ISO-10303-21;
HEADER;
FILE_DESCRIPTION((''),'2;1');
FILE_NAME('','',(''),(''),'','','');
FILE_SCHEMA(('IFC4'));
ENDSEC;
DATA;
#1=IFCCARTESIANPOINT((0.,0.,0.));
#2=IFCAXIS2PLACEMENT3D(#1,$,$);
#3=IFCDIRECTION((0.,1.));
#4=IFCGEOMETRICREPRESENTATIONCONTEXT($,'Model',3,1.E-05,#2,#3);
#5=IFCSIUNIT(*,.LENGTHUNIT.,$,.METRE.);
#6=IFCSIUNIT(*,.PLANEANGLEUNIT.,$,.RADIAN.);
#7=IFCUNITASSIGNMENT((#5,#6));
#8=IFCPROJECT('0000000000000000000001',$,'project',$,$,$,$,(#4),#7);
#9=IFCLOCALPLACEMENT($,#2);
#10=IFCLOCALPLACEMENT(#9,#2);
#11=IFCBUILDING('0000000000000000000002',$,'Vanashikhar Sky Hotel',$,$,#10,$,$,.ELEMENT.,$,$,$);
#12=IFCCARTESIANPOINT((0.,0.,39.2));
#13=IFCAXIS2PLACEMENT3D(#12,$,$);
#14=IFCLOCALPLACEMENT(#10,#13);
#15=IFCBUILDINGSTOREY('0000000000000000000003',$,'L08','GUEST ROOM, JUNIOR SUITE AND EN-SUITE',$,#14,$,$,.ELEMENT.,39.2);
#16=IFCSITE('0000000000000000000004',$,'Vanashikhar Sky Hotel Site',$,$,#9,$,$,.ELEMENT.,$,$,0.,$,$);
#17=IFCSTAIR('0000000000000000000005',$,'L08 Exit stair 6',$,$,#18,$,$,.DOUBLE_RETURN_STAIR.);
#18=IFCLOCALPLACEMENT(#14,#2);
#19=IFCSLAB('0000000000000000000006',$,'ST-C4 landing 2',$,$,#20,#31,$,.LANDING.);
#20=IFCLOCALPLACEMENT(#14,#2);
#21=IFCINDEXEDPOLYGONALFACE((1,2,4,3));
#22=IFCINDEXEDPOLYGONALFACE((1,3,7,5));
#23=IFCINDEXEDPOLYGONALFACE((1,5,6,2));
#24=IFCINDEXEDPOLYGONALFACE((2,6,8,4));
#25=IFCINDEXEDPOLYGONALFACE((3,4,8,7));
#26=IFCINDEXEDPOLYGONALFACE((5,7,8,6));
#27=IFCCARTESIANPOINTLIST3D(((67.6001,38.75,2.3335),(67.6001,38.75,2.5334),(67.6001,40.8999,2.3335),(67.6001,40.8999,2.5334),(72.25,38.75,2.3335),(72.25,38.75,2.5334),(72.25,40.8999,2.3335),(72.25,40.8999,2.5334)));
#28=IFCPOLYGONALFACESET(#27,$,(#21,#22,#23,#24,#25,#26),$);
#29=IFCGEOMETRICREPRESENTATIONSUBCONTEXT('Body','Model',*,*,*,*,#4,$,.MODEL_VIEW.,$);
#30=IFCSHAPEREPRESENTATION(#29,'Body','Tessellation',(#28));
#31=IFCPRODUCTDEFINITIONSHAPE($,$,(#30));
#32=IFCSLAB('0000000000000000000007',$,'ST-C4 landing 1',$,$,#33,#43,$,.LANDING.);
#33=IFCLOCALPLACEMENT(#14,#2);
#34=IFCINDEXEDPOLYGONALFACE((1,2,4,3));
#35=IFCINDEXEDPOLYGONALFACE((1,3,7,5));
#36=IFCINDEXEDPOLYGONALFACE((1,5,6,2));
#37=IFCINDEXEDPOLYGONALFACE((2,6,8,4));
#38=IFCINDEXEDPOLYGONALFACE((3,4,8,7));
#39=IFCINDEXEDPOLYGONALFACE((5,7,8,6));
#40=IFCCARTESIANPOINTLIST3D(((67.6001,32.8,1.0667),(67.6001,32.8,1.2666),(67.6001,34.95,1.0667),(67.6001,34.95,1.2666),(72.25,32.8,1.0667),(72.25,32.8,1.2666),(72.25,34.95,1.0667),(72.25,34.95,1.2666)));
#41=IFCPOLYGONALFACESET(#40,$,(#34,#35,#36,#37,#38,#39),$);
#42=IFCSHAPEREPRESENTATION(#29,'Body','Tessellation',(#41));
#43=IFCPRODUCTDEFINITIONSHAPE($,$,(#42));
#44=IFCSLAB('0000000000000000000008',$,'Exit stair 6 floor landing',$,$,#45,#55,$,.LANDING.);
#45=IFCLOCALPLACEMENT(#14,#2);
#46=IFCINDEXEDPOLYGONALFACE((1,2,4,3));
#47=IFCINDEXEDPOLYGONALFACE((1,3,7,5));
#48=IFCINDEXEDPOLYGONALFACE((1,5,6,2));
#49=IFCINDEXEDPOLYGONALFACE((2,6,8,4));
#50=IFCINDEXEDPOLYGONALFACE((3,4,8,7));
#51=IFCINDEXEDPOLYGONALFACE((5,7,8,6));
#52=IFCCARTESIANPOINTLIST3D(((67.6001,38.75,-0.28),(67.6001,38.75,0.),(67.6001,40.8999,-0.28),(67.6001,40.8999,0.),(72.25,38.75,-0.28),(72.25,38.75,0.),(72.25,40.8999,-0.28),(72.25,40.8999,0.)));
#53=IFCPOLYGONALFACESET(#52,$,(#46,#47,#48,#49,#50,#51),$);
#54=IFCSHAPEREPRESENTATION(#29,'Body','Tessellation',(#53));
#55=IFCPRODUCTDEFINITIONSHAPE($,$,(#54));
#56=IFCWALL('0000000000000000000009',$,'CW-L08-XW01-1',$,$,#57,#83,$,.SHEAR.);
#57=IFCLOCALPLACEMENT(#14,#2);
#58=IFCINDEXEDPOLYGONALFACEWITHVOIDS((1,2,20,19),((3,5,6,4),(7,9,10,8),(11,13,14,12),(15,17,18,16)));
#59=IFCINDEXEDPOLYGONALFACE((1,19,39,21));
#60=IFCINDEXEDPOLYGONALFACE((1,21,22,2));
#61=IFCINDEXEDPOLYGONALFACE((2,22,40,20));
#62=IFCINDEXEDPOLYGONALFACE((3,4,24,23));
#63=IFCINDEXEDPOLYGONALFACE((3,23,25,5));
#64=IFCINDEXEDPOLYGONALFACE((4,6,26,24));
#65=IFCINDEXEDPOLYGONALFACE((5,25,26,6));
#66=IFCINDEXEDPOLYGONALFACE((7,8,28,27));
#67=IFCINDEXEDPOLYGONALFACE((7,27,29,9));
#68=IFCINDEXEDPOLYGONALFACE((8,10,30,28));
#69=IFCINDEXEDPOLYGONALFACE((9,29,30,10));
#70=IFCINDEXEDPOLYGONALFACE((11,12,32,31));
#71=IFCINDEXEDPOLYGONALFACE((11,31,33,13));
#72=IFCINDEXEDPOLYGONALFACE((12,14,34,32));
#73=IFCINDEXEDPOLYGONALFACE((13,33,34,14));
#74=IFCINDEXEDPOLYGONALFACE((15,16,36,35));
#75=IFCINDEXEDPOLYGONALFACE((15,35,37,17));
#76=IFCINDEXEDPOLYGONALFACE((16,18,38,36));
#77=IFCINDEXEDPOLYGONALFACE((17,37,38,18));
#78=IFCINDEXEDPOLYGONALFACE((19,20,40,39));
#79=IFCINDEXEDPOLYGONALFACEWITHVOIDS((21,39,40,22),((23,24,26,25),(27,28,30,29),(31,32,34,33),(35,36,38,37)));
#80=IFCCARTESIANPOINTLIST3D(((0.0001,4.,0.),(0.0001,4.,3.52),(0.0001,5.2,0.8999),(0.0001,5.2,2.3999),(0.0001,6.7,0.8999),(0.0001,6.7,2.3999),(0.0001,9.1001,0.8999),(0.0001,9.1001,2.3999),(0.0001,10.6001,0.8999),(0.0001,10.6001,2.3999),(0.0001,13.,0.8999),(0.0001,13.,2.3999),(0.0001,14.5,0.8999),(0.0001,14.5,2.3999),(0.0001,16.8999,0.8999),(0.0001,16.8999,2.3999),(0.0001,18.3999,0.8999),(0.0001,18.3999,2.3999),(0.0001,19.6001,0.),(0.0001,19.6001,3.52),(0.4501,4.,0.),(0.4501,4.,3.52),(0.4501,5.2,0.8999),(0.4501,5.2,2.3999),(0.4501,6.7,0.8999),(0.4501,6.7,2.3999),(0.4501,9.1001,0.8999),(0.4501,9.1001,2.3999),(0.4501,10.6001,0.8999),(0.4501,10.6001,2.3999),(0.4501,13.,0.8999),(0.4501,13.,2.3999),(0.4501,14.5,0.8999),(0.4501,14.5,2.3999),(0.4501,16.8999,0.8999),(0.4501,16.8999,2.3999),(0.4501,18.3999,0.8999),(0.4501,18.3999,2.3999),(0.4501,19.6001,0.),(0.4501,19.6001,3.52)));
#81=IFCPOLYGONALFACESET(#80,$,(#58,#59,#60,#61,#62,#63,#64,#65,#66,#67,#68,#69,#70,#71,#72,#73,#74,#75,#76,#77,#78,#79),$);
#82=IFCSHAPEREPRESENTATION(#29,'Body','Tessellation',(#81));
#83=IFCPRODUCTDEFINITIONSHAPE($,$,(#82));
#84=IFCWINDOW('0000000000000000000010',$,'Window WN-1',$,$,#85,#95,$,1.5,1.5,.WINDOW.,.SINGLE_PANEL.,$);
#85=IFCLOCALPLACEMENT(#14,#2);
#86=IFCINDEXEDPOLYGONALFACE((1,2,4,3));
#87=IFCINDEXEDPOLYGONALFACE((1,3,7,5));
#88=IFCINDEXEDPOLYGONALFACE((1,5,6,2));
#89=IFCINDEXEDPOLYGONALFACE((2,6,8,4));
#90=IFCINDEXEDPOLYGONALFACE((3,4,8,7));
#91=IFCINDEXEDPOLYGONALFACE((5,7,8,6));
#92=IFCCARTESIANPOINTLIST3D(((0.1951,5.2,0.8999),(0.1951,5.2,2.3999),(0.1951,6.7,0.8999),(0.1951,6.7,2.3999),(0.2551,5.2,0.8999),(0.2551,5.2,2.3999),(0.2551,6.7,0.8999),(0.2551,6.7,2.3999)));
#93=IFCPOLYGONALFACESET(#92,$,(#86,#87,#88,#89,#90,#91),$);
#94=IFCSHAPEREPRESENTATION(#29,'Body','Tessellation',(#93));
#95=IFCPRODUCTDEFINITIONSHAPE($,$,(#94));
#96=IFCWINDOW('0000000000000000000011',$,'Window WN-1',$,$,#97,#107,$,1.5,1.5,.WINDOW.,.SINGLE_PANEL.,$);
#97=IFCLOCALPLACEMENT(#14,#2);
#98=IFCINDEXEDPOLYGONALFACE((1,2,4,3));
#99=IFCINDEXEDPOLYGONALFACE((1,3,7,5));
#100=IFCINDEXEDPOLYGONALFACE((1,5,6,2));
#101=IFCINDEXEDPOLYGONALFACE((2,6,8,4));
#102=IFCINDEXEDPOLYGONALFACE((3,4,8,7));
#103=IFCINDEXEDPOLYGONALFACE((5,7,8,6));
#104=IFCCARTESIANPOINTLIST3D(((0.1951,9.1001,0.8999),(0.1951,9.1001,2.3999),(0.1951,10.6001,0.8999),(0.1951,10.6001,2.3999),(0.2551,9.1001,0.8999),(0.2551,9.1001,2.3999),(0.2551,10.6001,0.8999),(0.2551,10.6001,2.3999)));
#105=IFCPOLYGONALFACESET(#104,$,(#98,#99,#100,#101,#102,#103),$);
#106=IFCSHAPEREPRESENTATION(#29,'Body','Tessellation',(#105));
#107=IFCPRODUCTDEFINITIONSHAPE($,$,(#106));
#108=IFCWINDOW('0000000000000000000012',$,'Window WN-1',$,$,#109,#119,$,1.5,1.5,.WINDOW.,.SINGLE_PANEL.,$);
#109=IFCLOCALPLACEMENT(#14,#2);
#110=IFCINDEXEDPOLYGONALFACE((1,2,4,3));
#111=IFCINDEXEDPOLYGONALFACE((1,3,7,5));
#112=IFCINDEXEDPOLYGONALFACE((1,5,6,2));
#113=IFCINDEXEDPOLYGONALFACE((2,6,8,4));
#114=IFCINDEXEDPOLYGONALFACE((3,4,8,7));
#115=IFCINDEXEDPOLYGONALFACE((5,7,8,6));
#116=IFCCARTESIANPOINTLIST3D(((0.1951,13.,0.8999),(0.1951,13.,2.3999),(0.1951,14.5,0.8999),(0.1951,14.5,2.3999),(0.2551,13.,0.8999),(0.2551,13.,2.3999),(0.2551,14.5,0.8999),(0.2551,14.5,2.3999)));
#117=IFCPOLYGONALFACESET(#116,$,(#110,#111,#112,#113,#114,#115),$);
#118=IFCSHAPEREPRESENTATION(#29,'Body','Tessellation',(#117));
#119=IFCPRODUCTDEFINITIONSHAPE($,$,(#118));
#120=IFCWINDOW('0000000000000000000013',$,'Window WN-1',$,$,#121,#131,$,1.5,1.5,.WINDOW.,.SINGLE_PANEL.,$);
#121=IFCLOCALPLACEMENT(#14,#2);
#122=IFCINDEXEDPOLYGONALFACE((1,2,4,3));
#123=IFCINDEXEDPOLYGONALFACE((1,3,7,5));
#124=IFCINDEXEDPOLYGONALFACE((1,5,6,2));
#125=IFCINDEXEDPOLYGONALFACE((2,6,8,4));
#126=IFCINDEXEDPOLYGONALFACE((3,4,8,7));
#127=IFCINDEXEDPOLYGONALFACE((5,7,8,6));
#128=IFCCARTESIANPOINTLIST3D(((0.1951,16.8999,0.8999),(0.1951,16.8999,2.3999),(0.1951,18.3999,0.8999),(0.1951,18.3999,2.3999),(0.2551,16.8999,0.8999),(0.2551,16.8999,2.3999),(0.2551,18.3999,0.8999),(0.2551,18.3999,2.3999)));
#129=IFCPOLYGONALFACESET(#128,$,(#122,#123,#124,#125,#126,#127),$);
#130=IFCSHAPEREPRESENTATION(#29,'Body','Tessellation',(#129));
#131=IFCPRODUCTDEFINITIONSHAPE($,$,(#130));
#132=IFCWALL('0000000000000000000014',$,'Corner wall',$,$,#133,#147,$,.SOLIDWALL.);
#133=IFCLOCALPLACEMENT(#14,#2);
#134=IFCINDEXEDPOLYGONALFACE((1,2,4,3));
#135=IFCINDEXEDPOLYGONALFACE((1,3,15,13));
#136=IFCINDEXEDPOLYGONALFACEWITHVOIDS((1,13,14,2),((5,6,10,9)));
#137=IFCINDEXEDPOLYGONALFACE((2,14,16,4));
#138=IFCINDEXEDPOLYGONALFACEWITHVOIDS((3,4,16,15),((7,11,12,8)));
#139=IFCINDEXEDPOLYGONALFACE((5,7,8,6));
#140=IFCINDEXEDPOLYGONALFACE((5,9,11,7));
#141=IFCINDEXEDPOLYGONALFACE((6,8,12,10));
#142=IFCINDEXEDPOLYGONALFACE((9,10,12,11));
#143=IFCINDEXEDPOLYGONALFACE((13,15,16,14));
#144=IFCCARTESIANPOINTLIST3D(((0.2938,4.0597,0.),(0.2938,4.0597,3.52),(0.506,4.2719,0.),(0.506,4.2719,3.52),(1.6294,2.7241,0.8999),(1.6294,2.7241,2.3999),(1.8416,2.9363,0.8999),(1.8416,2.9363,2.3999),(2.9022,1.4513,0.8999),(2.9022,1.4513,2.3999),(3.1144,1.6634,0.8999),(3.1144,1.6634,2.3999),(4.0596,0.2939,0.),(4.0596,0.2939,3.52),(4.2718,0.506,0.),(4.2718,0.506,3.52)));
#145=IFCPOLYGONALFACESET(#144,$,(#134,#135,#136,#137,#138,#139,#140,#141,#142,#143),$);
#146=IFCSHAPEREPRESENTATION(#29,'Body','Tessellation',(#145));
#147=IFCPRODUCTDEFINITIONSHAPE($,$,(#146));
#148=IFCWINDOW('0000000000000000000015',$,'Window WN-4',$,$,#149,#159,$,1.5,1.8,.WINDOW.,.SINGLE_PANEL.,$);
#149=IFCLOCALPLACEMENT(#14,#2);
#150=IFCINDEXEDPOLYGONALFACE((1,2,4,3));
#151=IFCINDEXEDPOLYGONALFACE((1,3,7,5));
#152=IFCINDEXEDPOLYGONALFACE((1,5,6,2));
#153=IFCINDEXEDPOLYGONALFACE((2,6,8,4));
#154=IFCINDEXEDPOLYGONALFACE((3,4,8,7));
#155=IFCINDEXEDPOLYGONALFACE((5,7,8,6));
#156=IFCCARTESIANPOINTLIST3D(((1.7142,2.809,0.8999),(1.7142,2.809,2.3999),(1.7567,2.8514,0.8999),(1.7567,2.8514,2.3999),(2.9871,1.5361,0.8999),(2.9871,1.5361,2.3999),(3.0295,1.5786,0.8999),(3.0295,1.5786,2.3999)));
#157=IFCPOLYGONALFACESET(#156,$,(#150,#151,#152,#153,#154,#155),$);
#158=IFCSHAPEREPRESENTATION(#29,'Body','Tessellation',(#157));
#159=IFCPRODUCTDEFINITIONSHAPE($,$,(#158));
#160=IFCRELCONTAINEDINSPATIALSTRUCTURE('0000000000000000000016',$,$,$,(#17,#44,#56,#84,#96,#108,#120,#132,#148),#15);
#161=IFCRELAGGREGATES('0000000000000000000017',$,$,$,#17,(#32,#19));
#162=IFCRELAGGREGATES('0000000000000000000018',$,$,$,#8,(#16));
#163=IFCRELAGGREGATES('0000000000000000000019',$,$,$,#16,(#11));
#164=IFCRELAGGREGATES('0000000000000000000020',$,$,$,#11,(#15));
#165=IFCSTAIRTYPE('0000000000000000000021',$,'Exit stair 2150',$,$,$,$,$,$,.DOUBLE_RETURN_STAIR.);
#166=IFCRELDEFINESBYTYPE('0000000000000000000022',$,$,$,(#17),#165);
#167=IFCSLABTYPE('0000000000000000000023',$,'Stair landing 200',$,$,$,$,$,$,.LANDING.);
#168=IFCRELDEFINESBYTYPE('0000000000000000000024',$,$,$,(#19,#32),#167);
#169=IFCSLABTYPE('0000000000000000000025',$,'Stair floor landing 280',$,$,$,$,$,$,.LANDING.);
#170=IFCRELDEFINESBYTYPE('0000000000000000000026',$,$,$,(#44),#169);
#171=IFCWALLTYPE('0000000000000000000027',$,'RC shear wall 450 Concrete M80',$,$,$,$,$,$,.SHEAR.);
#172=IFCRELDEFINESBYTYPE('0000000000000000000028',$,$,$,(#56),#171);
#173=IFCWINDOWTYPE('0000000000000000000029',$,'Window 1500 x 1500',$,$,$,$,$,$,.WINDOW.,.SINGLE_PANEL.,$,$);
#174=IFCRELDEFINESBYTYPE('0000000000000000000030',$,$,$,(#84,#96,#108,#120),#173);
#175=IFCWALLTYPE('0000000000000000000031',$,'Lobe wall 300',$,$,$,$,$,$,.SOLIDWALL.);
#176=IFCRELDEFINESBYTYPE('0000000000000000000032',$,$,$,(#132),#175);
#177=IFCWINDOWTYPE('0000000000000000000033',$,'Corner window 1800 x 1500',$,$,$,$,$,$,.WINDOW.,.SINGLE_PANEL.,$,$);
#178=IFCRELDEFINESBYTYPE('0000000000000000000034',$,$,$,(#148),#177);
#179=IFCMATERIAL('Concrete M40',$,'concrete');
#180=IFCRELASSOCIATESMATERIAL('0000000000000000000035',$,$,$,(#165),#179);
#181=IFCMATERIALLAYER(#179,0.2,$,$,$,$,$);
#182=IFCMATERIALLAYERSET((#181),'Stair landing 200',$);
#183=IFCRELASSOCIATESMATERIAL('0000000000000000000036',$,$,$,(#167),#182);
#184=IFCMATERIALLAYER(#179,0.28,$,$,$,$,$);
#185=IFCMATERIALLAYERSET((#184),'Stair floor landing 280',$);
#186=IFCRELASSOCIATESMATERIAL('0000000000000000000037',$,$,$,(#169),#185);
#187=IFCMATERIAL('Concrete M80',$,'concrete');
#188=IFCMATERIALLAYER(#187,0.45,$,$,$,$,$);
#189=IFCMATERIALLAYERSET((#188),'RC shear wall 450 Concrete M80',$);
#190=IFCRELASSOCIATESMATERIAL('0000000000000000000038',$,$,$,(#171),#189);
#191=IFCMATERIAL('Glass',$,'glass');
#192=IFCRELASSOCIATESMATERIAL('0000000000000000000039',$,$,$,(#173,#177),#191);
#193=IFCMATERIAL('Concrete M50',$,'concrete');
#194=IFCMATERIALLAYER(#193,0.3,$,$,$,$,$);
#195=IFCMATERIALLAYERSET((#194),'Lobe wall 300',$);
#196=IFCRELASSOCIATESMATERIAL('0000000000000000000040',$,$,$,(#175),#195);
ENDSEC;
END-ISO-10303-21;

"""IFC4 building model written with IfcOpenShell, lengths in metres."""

from ifc_helpers import new_model, si_unit, direction, frame, frame_2d, origin, place, context, subcontext, project, spatial, polyline, rectangle, outline, extrude, source, transform, mapped, material, layer, layer_set, type_object, element, fill, aggregate, save


model = new_model("IFC4")

# Units and contexts
model_context = context("Model", 3, precision=1e-05, world=origin(), true_north=direction((0.0, 1.0)))
body_context = subcontext(model_context, "Body", "Model", "MODEL_VIEW")
ifc_project = project(units=[si_unit("LENGTHUNIT", "METRE"), si_unit("PLANEANGLEUNIT", "RADIAN")], contexts=[model_context])

# Site, building, storey
site_placement = place(None, origin())
site = spatial("IfcSite", under=ifc_project, at=site_placement, Name="Vanashikhar Sky Hotel Site", CompositionType="ELEMENT", RefElevation=0.0)
building_placement = place(site_placement, origin())
building = spatial("IfcBuilding", under=site, at=building_placement, Name="Vanashikhar Sky Hotel", CompositionType="ELEMENT")
storey_placement = place(building_placement, frame((0.0, 0.0, 39.2)))
storey = spatial("IfcBuildingStorey", under=building, at=storey_placement, Name="L08", Description="GUEST ROOM, JUNIOR SUITE AND EN-SUITE", CompositionType="ELEMENT", Elevation=39.2)

# Shared definitions
ifc_material_1 = material(Name="Concrete M40", Category="concrete")

# Shared definitions
stair_type = type_object("IfcStairType", Name="Exit stair 2150", PredefinedType="DOUBLE_RETURN_STAIR", material=ifc_material_1)
ifc_layer_1 = layer(ifc_material_1, 0.2)
ifc_layer_set_1 = layer_set([ifc_layer_1], Name="Stair landing 200")
slab_type_1 = type_object("IfcSlabType", Name="Stair landing 200", PredefinedType="LANDING", material=ifc_layer_set_1)

# Shared definitions
ifc_layer_2 = layer(ifc_material_1, 0.28)
ifc_layer_set_2 = layer_set([ifc_layer_2], Name="Stair floor landing 280")
slab_type_2 = type_object("IfcSlabType", Name="Stair floor landing 280", PredefinedType="LANDING", material=ifc_layer_set_2)

# Stair, slabs
stair_1_placement = place(storey_placement, origin())
stair_1 = element("IfcStair", 1, at=stair_1_placement, inside=storey, type_object=stair_type, Name="L08 Exit stair 6", PredefinedType="DOUBLE_RETURN_STAIR")
shared_shape_1 = source(origin(), body_context, "Body", "SweptSolid", [
    extrude(outline(polyline([(72.25, 38.75), (72.25, 40.8999), (67.6001, 40.8999), (67.6001, 38.75), (72.25, 38.75)])), origin(), (0.0, 0.0, 1.0), 0.2),
])
slab_1_placement = place(storey_placement, frame((0.0, 0.0, 2.3335)))
slab_1 = element("IfcSlab", 2, at=slab_1_placement, type_object=slab_type_1, Name="ST-C4 landing 2", PredefinedType="LANDING", context=body_context, shape_type="MappedRepresentation", body=[
    mapped(shared_shape_1, transform((0.0, 0.0, 0.0), scale=1.0)),
])
shared_shape_2 = source(origin(), body_context, "Body", "SweptSolid", [
    extrude(outline(polyline([(72.25, 32.8), (72.25, 34.95), (67.6001, 34.95), (67.6001, 32.8), (72.25, 32.8)])), origin(), (0.0, 0.0, 1.0), 0.2),
])
slab_2_placement = place(storey_placement, frame((0.0, 0.0, 1.0667)))
slab_2 = element("IfcSlab", 3, at=slab_2_placement, type_object=slab_type_1, Name="ST-C4 landing 1", PredefinedType="LANDING", context=body_context, shape_type="MappedRepresentation", body=[
    mapped(shared_shape_2, transform((0.0, 0.0, 0.0), scale=1.0)),
])
aggregate(stair_1, [slab_2, slab_1])

# Slab
shared_shape_3 = source(origin(), body_context, "Body", "SweptSolid", [
    extrude(outline(polyline([(72.25, 38.75), (72.25, 40.8999), (67.6001, 40.8999), (67.6001, 38.75), (72.25, 38.75)])), origin(), (0.0, 0.0, 1.0), 0.28),
])
slab_3_placement = place(storey_placement, frame((0.0, 0.0, -0.28)))
element("IfcSlab", 4, at=slab_3_placement, inside=storey, type_object=slab_type_2, Name="Exit stair 6 floor landing", PredefinedType="LANDING", context=body_context, shape_type="MappedRepresentation", body=[
    mapped(shared_shape_3, transform((0.0, 0.0, 0.0), scale=1.0)),
])

# Wall, openings, windows
ifc_material_2 = material(Name="Concrete M80", Category="concrete")
ifc_layer_3 = layer(ifc_material_2, 0.45)
ifc_layer_set_3 = layer_set([ifc_layer_3], Name="RC shear wall 450 Concrete M80")
wall_type_1 = type_object("IfcWallType", Name="RC shear wall 450 Concrete M80", PredefinedType="SHEAR", material=ifc_layer_set_3)
shared_shape_4 = source(origin(), body_context, "Body", "SweptSolid", [
    extrude(rectangle(XDim=15.6001, YDim=0.45, at=frame_2d((7.8, 0.0))), origin(), (0.0, 0.0, 1.0), 3.52),
])
wall_1_placement = place(storey_placement, frame((0.2251, 4.0, 0.0), z_axis=(0.0, 0.0, 1.0), x_axis=(0.0, 1.0, 0.0)))
wall_1 = element("IfcWall", 5, at=wall_1_placement, inside=storey, type_object=wall_type_1, Name="CW-L08-XW01-1", PredefinedType="SHEAR", context=body_context, shape_type="MappedRepresentation", body=[
    mapped(shared_shape_4, transform((0.0, 0.0, 0.0), scale=1.0)),
])
shared_shape_5 = source(origin(), body_context, "Body", "SweptSolid", [
    extrude(rectangle(XDim=1.5, YDim=1.5, at=frame_2d((0.75, 0.75))), frame((0.0, 0.2349, 0.0), z_axis=(0.0, -1.0, 0.0), x_axis=(1.0, 0.0, 0.0)), (0.0, 0.0, 1.0), 0.47),
])
opening_1_placement = place(wall_1_placement, frame((1.2, 0.0, 0.8999)))
opening_1 = element("IfcOpeningElement", 6, at=opening_1_placement, cuts=wall_1, PredefinedType="OPENING", context=body_context, shape_type="MappedRepresentation", body=[
    mapped(shared_shape_5, transform((0.0, 0.0, 0.0), scale=1.0)),
])
opening_2_placement = place(wall_1_placement, frame((5.1001, 0.0, 0.8999)))
opening_2 = element("IfcOpeningElement", 7, at=opening_2_placement, cuts=wall_1, PredefinedType="OPENING", context=body_context, shape_type="MappedRepresentation", body=[
    mapped(shared_shape_5, transform((0.0, 0.0, 0.0), scale=1.0)),
])
opening_3_placement = place(wall_1_placement, frame((9.0, 0.0, 0.8999)))
opening_3 = element("IfcOpeningElement", 8, at=opening_3_placement, cuts=wall_1, PredefinedType="OPENING", context=body_context, shape_type="MappedRepresentation", body=[
    mapped(shared_shape_5, transform((0.0, 0.0, 0.0), scale=1.0)),
])
opening_4_placement = place(wall_1_placement, frame((12.8999, 0.0, 0.8999)))
opening_4 = element("IfcOpeningElement", 9, at=opening_4_placement, cuts=wall_1, PredefinedType="OPENING", context=body_context, shape_type="MappedRepresentation", body=[
    mapped(shared_shape_5, transform((0.0, 0.0, 0.0), scale=1.0)),
])
ifc_material_3 = material(Name="Glass", Category="glass")
window_type_1 = type_object("IfcWindowType", Name="Window 1500 x 1500", PartitioningType="SINGLE_PANEL", PredefinedType="WINDOW", material=ifc_material_3)
shared_shape_6 = source(origin(), body_context, "Body", "SweptSolid", [
    extrude(rectangle(XDim=1.5, YDim=1.5, at=frame_2d((0.75, 0.75))), frame((0.0, 0.03, 0.0), z_axis=(0.0, -1.0, 0.0), x_axis=(1.0, 0.0, 0.0)), (0.0, 0.0, 1.0), 0.0601),
])
window_1_placement = place(opening_1_placement, origin())
window_1 = element("IfcWindow", 10, at=window_1_placement, inside=storey, type_object=window_type_1, Name="Window WN-1", OverallHeight=1.5, OverallWidth=1.5, PartitioningType="SINGLE_PANEL", PredefinedType="WINDOW", context=body_context, shape_type="MappedRepresentation", body=[
    mapped(shared_shape_6, transform((0.0, 0.0, 0.0), scale=1.0)),
])
fill(opening_1, window_1)
window_2_placement = place(opening_2_placement, origin())
window_2 = element("IfcWindow", 11, at=window_2_placement, inside=storey, type_object=window_type_1, Name="Window WN-1", OverallHeight=1.5, OverallWidth=1.5, PartitioningType="SINGLE_PANEL", PredefinedType="WINDOW", context=body_context, shape_type="MappedRepresentation", body=[
    mapped(shared_shape_6, transform((0.0, 0.0, 0.0), scale=1.0)),
])
fill(opening_2, window_2)
window_3_placement = place(opening_3_placement, origin())
window_3 = element("IfcWindow", 12, at=window_3_placement, inside=storey, type_object=window_type_1, Name="Window WN-1", OverallHeight=1.5, OverallWidth=1.5, PartitioningType="SINGLE_PANEL", PredefinedType="WINDOW", context=body_context, shape_type="MappedRepresentation", body=[
    mapped(shared_shape_6, transform((0.0, 0.0, 0.0), scale=1.0)),
])
fill(opening_3, window_3)
window_4_placement = place(opening_4_placement, origin())
window_4 = element("IfcWindow", 13, at=window_4_placement, inside=storey, type_object=window_type_1, Name="Window WN-1", OverallHeight=1.5, OverallWidth=1.5, PartitioningType="SINGLE_PANEL", PredefinedType="WINDOW", context=body_context, shape_type="MappedRepresentation", body=[
    mapped(shared_shape_6, transform((0.0, 0.0, 0.0), scale=1.0)),
])
fill(opening_4, window_4)

# Wall, opening, window
ifc_material_4 = material(Name="Concrete M50", Category="concrete")
ifc_layer_4 = layer(ifc_material_4, 0.3)
ifc_layer_set_4 = layer_set([ifc_layer_4], Name="Lobe wall 300")
wall_type_2 = type_object("IfcWallType", Name="Lobe wall 300", PredefinedType="SOLIDWALL", material=ifc_layer_set_4)
shared_shape_7 = source(origin(), body_context, "Body", "SweptSolid", [
    extrude(rectangle(XDim=5.3257, YDim=0.3, at=frame_2d((2.6628, 0.0))), origin(), (0.0, 0.0, 1.0), 3.52),
])
wall_2_placement = place(storey_placement, frame((0.3999, 4.1658, 0.0), z_axis=(0.0, 0.0, 1.0), x_axis=(0.707107, -0.707107, 0.0)))
wall_2 = element("IfcWall", 14, at=wall_2_placement, inside=storey, type_object=wall_type_2, Name="Corner wall", PredefinedType="SOLIDWALL", context=body_context, shape_type="MappedRepresentation", body=[
    mapped(shared_shape_7, transform((0.0, 0.0, 0.0), scale=1.0)),
])
shared_shape_8 = source(origin(), body_context, "Body", "SweptSolid", [
    extrude(rectangle(XDim=1.8, YDim=1.5, at=frame_2d((0.8999, 0.75))), frame((0.0, 0.1602, 0.0), z_axis=(0.0, -1.0, 0.0), x_axis=(1.0, 0.0, 0.0)), (0.0, 0.0, 1.0), 0.3201),
])
opening_5_placement = place(wall_2_placement, frame((1.8889, 0.0, 0.8999)))
opening_5 = element("IfcOpeningElement", 15, at=opening_5_placement, cuts=wall_2, PredefinedType="OPENING", context=body_context, shape_type="MappedRepresentation", body=[
    mapped(shared_shape_8, transform((0.0, 0.0, 0.0), scale=1.0)),
])
window_type_2 = type_object("IfcWindowType", Name="Corner window 1800 x 1500", PartitioningType="SINGLE_PANEL", PredefinedType="WINDOW", material=ifc_material_3)
shared_shape_9 = source(origin(), body_context, "Body", "SweptSolid", [
    extrude(rectangle(XDim=1.8, YDim=1.5, at=frame_2d((0.8999, 0.75))), frame((0.0, 0.03, 0.0), z_axis=(0.0, -1.0, 0.0), x_axis=(1.0, 0.0, 0.0)), (0.0, 0.0, 1.0), 0.0601),
])
window_5_placement = place(opening_5_placement, origin())
window_5 = element("IfcWindow", 16, at=window_5_placement, inside=storey, type_object=window_type_2, Name="Window WN-4", OverallHeight=1.5, OverallWidth=1.8, PartitioningType="SINGLE_PANEL", PredefinedType="WINDOW", context=body_context, shape_type="MappedRepresentation", body=[
    mapped(shared_shape_9, transform((0.0, 0.0, 0.0), scale=1.0)),
])
fill(opening_5, window_5)

save(model, "model.ifc")
